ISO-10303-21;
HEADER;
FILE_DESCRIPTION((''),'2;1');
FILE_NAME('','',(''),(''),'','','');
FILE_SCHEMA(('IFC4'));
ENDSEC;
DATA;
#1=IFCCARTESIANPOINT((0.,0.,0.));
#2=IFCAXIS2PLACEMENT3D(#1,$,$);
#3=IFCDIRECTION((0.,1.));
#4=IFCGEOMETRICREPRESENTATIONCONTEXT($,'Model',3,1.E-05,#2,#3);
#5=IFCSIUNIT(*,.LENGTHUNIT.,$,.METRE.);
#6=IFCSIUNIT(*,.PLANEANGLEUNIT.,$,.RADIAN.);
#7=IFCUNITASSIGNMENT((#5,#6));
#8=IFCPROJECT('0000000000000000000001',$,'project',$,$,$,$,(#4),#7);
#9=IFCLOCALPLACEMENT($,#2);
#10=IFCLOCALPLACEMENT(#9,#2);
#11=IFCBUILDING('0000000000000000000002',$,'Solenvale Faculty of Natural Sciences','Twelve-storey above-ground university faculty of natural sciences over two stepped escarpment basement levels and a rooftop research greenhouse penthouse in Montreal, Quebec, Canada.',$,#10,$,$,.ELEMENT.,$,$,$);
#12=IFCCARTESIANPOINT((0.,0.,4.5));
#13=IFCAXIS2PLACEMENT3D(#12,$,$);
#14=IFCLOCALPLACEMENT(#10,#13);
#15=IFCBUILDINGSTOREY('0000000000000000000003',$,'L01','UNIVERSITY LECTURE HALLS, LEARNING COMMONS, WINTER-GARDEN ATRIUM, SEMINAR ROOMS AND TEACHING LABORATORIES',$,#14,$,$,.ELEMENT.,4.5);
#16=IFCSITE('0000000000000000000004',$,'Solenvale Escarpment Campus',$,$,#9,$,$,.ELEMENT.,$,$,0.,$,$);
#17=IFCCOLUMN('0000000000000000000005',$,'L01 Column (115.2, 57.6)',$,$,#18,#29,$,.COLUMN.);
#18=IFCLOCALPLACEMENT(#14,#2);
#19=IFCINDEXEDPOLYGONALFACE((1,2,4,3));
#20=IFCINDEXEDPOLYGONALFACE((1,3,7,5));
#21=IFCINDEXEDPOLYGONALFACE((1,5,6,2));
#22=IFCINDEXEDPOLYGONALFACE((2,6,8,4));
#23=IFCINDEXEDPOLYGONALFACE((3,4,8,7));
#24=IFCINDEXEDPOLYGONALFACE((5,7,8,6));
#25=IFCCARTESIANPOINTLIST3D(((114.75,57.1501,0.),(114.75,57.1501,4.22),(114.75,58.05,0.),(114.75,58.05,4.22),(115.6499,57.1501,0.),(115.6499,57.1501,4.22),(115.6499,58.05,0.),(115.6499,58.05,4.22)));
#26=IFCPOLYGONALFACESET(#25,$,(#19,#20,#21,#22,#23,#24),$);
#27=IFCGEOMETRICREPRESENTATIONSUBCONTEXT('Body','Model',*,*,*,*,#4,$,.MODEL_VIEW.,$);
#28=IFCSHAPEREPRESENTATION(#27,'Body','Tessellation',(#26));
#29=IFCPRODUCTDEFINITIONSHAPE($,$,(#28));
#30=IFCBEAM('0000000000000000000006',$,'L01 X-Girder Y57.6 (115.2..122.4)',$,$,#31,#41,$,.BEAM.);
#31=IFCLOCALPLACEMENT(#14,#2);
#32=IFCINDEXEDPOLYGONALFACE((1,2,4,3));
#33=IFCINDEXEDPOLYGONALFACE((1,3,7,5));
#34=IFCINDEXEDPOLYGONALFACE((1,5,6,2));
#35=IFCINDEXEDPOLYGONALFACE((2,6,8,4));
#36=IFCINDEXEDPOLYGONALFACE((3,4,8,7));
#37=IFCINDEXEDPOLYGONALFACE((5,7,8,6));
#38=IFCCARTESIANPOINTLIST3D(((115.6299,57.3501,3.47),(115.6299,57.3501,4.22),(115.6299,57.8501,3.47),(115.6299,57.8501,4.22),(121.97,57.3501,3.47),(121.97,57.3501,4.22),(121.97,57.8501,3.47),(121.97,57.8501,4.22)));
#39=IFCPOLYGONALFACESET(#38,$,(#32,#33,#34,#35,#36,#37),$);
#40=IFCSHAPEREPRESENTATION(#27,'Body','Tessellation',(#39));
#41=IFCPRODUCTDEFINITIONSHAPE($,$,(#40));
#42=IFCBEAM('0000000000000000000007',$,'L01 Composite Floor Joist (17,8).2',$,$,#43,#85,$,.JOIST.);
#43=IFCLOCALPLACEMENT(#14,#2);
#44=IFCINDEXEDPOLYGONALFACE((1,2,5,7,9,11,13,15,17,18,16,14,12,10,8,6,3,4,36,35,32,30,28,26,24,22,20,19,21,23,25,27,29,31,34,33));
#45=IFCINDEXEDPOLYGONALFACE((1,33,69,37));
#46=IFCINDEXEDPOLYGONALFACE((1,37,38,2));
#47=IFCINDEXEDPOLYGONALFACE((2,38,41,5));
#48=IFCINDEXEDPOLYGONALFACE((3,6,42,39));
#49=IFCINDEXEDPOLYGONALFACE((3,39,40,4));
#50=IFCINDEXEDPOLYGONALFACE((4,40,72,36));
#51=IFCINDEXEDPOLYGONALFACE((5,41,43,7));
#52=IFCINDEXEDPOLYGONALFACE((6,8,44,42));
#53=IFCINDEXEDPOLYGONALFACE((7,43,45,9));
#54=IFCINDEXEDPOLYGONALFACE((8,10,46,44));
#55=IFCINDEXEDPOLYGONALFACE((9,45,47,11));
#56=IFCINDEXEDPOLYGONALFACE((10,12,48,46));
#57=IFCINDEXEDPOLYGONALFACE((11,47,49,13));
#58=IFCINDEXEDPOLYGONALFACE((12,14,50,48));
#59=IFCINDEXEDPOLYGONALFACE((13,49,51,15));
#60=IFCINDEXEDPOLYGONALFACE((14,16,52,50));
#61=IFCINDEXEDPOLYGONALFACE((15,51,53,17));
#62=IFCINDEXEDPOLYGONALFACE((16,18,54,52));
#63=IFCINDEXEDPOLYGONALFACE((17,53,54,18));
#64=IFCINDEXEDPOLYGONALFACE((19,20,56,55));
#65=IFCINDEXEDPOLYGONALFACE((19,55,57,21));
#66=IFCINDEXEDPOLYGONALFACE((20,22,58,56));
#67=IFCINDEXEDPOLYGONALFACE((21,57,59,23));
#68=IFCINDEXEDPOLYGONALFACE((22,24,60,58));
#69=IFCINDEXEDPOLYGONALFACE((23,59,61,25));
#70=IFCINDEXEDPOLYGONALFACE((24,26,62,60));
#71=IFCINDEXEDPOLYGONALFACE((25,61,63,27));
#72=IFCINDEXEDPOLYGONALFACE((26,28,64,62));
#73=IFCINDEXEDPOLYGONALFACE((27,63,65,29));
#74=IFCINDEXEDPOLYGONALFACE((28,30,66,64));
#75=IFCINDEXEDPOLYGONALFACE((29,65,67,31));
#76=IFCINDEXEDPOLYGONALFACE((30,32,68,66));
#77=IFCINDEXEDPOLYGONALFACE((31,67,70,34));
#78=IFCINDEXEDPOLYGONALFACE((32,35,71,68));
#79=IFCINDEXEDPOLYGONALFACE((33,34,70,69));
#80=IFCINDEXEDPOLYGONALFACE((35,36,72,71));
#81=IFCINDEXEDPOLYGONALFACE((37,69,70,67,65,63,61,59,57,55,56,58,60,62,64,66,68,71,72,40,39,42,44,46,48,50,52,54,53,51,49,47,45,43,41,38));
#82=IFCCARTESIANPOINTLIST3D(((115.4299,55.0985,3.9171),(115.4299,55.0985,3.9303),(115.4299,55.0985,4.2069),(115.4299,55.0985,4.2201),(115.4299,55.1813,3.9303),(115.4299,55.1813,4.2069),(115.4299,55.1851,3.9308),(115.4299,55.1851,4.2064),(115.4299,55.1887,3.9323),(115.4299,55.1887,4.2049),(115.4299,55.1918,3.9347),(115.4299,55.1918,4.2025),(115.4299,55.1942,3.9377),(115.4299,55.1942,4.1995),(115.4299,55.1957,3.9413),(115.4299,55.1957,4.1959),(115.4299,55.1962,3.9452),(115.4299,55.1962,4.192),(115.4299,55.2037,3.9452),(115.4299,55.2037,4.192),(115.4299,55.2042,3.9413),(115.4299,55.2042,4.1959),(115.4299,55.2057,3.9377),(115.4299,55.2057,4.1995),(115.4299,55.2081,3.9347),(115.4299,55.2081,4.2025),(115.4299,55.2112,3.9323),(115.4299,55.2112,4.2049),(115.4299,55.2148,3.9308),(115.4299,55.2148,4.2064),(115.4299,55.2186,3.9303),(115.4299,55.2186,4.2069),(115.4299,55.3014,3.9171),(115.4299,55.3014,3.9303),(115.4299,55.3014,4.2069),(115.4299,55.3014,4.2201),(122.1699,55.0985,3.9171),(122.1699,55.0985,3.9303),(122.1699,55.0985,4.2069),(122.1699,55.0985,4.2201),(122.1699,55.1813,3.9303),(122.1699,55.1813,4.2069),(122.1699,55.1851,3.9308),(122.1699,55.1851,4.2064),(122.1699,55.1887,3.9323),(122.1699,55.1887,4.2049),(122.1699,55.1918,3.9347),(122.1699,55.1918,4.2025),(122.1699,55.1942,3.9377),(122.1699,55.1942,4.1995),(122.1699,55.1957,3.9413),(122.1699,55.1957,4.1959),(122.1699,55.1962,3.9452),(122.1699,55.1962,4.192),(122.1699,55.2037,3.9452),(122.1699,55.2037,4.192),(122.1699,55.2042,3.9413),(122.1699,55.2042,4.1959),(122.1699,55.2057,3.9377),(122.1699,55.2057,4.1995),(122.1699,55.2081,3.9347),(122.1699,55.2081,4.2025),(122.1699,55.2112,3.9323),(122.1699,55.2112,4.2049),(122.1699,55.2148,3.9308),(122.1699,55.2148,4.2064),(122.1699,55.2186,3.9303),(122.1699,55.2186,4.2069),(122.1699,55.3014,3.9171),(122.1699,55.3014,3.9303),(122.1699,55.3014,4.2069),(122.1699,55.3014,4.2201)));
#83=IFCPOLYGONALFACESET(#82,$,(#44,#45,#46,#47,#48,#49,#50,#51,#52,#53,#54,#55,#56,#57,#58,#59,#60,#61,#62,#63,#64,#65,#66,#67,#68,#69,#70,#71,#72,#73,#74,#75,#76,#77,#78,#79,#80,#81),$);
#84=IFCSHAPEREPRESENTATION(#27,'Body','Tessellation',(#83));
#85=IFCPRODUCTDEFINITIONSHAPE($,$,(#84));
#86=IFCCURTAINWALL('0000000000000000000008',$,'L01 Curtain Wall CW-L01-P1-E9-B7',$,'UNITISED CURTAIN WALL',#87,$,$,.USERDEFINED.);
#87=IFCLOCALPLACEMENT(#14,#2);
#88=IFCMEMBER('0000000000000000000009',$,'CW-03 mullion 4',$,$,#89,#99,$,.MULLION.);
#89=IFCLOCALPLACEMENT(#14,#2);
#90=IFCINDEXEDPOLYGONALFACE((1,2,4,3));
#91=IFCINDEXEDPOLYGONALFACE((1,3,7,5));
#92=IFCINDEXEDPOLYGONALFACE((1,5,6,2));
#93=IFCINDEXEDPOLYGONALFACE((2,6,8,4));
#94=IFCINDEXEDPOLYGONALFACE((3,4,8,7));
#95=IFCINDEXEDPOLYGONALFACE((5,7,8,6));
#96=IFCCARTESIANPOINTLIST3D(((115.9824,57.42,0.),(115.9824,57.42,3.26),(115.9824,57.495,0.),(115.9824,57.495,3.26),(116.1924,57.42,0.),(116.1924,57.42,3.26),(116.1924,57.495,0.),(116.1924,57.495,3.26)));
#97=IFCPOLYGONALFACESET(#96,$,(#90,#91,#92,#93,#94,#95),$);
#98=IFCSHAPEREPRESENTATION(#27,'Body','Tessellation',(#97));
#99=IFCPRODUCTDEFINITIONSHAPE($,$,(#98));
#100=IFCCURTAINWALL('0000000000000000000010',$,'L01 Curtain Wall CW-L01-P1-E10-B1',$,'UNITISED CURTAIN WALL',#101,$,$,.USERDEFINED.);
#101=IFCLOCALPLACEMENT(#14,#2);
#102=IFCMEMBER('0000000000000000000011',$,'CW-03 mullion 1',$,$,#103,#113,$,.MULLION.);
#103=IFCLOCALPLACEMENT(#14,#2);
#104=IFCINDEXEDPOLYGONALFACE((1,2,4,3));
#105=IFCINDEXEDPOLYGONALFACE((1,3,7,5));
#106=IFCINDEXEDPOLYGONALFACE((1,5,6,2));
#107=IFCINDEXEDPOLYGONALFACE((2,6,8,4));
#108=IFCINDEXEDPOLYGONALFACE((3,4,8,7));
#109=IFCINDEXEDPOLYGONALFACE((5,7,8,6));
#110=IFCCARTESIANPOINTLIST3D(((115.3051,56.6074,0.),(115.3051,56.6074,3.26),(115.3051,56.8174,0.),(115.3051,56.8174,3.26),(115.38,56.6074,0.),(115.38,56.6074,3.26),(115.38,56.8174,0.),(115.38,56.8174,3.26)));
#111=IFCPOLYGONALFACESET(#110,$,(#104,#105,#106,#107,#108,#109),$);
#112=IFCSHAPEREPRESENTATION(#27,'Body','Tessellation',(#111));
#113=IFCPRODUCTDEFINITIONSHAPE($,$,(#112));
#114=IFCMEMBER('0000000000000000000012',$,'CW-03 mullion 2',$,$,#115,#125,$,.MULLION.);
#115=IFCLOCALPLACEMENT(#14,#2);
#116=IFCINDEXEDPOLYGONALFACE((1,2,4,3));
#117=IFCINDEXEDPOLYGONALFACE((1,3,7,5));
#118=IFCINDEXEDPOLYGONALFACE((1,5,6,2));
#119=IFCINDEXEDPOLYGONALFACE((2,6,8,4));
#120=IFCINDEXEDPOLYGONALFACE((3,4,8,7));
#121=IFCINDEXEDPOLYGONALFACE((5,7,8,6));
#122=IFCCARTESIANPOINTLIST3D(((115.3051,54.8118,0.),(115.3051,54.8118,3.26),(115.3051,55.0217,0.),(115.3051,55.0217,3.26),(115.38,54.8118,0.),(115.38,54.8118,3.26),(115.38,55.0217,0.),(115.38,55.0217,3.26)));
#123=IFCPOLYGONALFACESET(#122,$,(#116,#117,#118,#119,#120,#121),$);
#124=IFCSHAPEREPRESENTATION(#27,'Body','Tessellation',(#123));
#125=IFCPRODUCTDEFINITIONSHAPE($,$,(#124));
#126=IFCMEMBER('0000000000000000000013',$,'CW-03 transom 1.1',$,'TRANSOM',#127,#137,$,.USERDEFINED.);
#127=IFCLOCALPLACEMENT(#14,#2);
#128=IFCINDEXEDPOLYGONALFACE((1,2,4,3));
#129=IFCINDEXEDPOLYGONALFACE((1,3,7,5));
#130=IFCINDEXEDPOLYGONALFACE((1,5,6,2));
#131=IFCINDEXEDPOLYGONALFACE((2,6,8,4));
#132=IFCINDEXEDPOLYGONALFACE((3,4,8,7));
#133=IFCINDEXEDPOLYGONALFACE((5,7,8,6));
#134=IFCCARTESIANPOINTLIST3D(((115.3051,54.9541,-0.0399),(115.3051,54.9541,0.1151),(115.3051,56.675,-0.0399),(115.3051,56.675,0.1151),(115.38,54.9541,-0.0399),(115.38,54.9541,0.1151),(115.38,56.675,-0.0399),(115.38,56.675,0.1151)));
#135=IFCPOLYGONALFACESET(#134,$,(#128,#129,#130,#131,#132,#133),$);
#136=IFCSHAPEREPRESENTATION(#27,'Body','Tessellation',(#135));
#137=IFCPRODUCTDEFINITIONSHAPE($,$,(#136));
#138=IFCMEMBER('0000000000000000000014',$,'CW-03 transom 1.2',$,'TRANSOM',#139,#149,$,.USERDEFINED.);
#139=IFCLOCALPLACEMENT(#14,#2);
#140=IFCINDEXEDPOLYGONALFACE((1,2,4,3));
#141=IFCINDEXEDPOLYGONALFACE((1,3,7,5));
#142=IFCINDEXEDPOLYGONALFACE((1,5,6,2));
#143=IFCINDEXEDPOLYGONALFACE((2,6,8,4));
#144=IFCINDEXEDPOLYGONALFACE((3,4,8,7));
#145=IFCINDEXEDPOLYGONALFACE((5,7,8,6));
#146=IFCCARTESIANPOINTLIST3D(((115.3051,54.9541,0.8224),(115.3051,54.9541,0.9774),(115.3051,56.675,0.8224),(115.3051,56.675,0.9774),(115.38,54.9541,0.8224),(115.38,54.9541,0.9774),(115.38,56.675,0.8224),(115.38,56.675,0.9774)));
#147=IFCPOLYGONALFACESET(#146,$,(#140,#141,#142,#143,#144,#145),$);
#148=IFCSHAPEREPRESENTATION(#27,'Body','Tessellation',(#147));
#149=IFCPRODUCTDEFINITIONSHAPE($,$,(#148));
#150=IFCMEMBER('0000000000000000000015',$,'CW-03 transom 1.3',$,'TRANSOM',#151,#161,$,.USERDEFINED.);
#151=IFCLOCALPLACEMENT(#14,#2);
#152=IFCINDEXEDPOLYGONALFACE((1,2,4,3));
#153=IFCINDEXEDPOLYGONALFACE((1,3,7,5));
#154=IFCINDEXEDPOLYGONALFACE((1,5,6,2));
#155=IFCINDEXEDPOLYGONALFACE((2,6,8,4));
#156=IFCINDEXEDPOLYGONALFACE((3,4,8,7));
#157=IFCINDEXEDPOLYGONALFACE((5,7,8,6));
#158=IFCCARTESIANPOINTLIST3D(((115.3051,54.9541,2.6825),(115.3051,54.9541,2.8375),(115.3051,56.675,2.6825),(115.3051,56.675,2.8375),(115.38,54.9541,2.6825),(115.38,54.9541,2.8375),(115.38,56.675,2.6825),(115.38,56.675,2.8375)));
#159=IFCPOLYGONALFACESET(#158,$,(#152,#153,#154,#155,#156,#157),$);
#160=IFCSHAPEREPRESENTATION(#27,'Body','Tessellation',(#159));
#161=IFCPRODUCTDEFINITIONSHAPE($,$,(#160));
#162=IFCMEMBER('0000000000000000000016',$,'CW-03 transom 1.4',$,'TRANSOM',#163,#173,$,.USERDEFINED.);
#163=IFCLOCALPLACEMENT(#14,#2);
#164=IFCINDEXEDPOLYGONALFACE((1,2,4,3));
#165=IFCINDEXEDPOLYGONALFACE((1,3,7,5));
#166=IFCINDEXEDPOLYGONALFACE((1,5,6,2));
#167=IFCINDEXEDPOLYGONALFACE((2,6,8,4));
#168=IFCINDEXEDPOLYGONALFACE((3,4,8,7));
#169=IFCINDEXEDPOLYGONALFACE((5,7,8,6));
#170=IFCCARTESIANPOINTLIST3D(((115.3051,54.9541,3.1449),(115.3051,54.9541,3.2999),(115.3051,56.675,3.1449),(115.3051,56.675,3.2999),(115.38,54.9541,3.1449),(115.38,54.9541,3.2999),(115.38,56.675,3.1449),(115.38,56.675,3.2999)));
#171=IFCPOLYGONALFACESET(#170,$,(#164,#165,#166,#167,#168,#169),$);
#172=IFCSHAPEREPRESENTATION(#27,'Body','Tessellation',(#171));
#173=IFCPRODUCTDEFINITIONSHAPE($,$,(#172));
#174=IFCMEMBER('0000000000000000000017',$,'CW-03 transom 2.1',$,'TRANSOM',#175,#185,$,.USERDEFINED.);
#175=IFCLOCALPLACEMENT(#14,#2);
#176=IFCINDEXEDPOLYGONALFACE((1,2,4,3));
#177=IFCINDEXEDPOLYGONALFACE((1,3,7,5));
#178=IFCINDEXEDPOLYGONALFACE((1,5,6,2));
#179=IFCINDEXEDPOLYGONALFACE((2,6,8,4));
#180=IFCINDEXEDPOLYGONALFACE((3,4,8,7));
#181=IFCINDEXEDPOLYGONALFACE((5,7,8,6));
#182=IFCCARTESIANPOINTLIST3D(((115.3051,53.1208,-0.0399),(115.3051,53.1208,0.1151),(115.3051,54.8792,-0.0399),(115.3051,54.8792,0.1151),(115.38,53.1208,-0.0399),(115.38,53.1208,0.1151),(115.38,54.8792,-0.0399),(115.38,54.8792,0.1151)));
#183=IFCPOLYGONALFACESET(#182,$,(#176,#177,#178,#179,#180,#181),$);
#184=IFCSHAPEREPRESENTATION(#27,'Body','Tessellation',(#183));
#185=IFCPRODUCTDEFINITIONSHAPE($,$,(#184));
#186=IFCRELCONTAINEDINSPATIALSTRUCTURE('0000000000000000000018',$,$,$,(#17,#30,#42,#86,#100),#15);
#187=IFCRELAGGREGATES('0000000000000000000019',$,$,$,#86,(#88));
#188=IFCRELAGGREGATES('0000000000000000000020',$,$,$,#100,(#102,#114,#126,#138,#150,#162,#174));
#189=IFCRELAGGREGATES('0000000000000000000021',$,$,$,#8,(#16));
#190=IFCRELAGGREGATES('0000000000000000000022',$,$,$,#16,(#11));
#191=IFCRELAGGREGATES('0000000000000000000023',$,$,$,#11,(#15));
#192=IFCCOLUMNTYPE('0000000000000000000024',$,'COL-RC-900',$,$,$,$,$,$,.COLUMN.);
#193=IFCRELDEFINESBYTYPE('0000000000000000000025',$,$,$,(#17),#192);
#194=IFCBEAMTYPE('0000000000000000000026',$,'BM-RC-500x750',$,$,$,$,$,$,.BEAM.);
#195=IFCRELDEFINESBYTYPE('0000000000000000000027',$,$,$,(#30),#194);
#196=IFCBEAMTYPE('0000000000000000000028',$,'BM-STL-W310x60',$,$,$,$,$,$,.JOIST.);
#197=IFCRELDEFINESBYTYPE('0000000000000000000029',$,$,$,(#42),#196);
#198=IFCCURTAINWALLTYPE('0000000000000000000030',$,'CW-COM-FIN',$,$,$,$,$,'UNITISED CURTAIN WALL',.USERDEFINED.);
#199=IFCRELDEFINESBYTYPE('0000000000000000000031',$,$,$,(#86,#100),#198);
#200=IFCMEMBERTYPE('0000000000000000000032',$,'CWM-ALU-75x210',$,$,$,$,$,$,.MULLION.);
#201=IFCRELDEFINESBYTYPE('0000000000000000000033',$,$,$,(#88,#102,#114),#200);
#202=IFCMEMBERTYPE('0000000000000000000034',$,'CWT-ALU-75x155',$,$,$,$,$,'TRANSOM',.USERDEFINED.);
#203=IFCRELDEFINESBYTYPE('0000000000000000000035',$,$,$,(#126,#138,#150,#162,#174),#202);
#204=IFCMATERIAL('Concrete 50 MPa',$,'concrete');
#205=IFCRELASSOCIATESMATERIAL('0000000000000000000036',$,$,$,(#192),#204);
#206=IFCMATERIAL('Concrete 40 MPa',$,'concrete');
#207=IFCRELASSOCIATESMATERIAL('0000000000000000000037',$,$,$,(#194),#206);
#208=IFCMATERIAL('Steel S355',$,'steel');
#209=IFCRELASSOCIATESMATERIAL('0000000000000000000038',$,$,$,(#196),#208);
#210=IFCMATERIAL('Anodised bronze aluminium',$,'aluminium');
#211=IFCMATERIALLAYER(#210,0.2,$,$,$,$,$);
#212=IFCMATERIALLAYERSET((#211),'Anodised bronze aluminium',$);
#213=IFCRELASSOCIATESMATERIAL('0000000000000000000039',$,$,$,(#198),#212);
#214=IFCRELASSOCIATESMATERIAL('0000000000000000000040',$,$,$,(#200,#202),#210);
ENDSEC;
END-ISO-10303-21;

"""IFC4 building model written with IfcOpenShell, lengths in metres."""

from ifc_helpers import new_model, si_unit, direction, frame, origin, origin_2d, place, context, subcontext, project, spatial, rectangle, i_section, extrude, material, layer, layer_set, material_profile, profile_set, type_object, element, aggregate, save


model = new_model("IFC4")

# Units and contexts
model_context = context("Model", 3, precision=1e-05, world=origin(), true_north=direction((0.0, 1.0)))
body_context = subcontext(model_context, "Body", "Model", "MODEL_VIEW")
ifc_project = project(units=[si_unit("LENGTHUNIT", "METRE"), si_unit("PLANEANGLEUNIT", "RADIAN")], contexts=[model_context])

# Site, building, storey
site_placement = place(None, origin())
site = spatial("IfcSite", under=ifc_project, at=site_placement, Name="Solenvale Escarpment Campus", CompositionType="ELEMENT", RefElevation=0.0)
building_placement = place(site_placement, origin())
building = spatial("IfcBuilding", under=site, at=building_placement, Name="Solenvale Faculty of Natural Sciences", Description="Twelve-storey above-ground university faculty of natural sciences over two stepped escarpment basement levels and a rooftop research greenhouse penthouse in Montreal, Quebec, Canada.", CompositionType="ELEMENT")
storey_placement = place(building_placement, frame((0.0, 0.0, 4.5)))
storey = spatial("IfcBuildingStorey", under=building, at=storey_placement, Name="L01", Description="UNIVERSITY LECTURE HALLS, LEARNING COMMONS, WINTER-GARDEN ATRIUM, SEMINAR ROOMS AND TEACHING LABORATORIES", CompositionType="ELEMENT", Elevation=4.5)

# Column
ifc_material_1 = material(Name="Concrete 50 MPa", Category="concrete")
ifc_material_profile_1 = material_profile(ifc_material_1, rectangle(XDim=0.8999, YDim=0.8999, at=origin_2d()), Name="RC-COL-900x900")
ifc_profile_set_1 = profile_set([ifc_material_profile_1], Name="Concrete 50 MPa")
column_type = type_object("IfcColumnType", Name="COL-RC-900", PredefinedType="COLUMN", material=ifc_profile_set_1)
column_placement = place(storey_placement, frame((115.2, 57.6001, 0.0), z_axis=(0.0, 0.0, 1.0), x_axis=(1.0, 0.0, 0.0)))
element("IfcColumn", 1, at=column_placement, inside=storey, type_object=column_type, Name="L01 Column (115.2, 57.6)", PredefinedType="COLUMN", context=body_context, shape_type="SweptSolid", body=[
    extrude(rectangle(XDim=0.8999, YDim=0.8999, at=origin_2d()), origin(), (0.0, 0.0, 1.0), 4.22),
])

# Beams
ifc_material_2 = material(Name="Concrete 40 MPa", Category="concrete")
ifc_material_profile_2 = material_profile(ifc_material_2, rectangle(XDim=0.5, YDim=0.75, at=origin_2d()), Name="RC-BM-500x750")
ifc_profile_set_2 = profile_set([ifc_material_profile_2], Name="Concrete 40 MPa")
beam_type_1 = type_object("IfcBeamType", Name="BM-RC-500x750", PredefinedType="BEAM", material=ifc_profile_set_2)
beam_1_placement = place(storey_placement, frame((115.6299, 57.6001, 3.845), z_axis=(1.0, 0.0, 0.0), x_axis=(0.0, 1.0, 0.0)))
element("IfcBeam", 2, at=beam_1_placement, inside=storey, type_object=beam_type_1, Name="L01 X-Girder Y57.6 (115.2..122.4)", PredefinedType="BEAM", context=body_context, shape_type="SweptSolid", body=[
    extrude(rectangle(XDim=0.5, YDim=0.75, at=origin_2d()), origin(), (0.0, 0.0, 1.0), 6.3401),
])
ifc_material_3 = material(Name="Steel S355", Category="steel")
ifc_material_profile_3 = material_profile(ifc_material_3, i_section(OverallWidth=0.2029, OverallDepth=0.303, WebThickness=0.0076, FlangeThickness=0.0132, FilletRadius=0.0149, at=origin_2d()), Name="W310x60")
ifc_profile_set_3 = profile_set([ifc_material_profile_3], Name="Steel S355")
beam_type_2 = type_object("IfcBeamType", Name="BM-STL-W310x60", PredefinedType="JOIST", material=ifc_profile_set_3)
beam_2_placement = place(storey_placement, frame((115.4299, 55.2, 4.0686), z_axis=(1.0, 0.0, 0.0), x_axis=(0.0, 1.0, 0.0)))
element("IfcBeam", 3, at=beam_2_placement, inside=storey, type_object=beam_type_2, Name="L01 Composite Floor Joist (17,8).2", PredefinedType="JOIST", context=body_context, shape_type="SweptSolid", body=[
    extrude(i_section(OverallWidth=0.2029, OverallDepth=0.303, WebThickness=0.0076, FlangeThickness=0.0132, FilletRadius=0.0149, at=origin_2d()), origin(), (0.0, 0.0, 1.0), 6.74),
])

# Curtain wall, member
ifc_material_4 = material(Name="Anodised bronze aluminium", Category="aluminium")
ifc_layer_1 = layer(ifc_material_4, 0.2)
ifc_layer_set_1 = layer_set([ifc_layer_1], Name="Anodised bronze aluminium")
curtain_wall_type = type_object("IfcCurtainWallType", Name="CW-COM-FIN", ElementType="UNITISED CURTAIN WALL", PredefinedType="USERDEFINED", material=ifc_layer_set_1)
curtain_wall_1_placement = place(storey_placement, origin())
curtain_wall_1 = element("IfcCurtainWall", 4, at=curtain_wall_1_placement, inside=storey, type_object=curtain_wall_type, Name="L01 Curtain Wall CW-L01-P1-E9-B7", ObjectType="UNITISED CURTAIN WALL", PredefinedType="USERDEFINED")
ifc_material_profile_4 = material_profile(ifc_material_4, rectangle(XDim=0.075, YDim=0.21, at=origin_2d()), Name="ALU-MUL-75x210")
ifc_profile_set_4 = profile_set([ifc_material_profile_4], Name="Anodised bronze aluminium")
member_type_1 = type_object("IfcMemberType", Name="CWM-ALU-75x210", PredefinedType="MULLION", material=ifc_profile_set_4)
member_1_placement = place(storey_placement, frame((116.0874, 57.4575, 0.0), z_axis=(0.0, 0.0, 1.0), x_axis=(0.0, -1.0, 0.0)))
member_1 = element("IfcMember", 5, at=member_1_placement, type_object=member_type_1, Name="CW-03 mullion 4", PredefinedType="MULLION", context=body_context, shape_type="SweptSolid", body=[
    extrude(rectangle(XDim=0.075, YDim=0.21, at=origin_2d()), origin(), (0.0, 0.0, 1.0), 3.26),
])

# Curtain wall, members
curtain_wall_2_placement = place(storey_placement, origin())
curtain_wall_2 = element("IfcCurtainWall", 6, at=curtain_wall_2_placement, inside=storey, type_object=curtain_wall_type, Name="L01 Curtain Wall CW-L01-P1-E10-B1", ObjectType="UNITISED CURTAIN WALL", PredefinedType="USERDEFINED")
member_2_placement = place(storey_placement, frame((115.3425, 56.7124, 0.0), z_axis=(0.0, 0.0, 1.0), x_axis=(1.0, 0.0, 0.0)))
member_2 = element("IfcMember", 7, at=member_2_placement, type_object=member_type_1, Name="CW-03 mullion 1", PredefinedType="MULLION", context=body_context, shape_type="SweptSolid", body=[
    extrude(rectangle(XDim=0.075, YDim=0.21, at=origin_2d()), origin(), (0.0, 0.0, 1.0), 3.26),
])
member_3_placement = place(storey_placement, frame((115.3425, 54.9167, 0.0), z_axis=(0.0, 0.0, 1.0), x_axis=(1.0, 0.0, 0.0)))
member_3 = element("IfcMember", 8, at=member_3_placement, type_object=member_type_1, Name="CW-03 mullion 2", PredefinedType="MULLION", context=body_context, shape_type="SweptSolid", body=[
    extrude(rectangle(XDim=0.075, YDim=0.21, at=origin_2d()), origin(), (0.0, 0.0, 1.0), 3.26),
])
ifc_material_profile_5 = material_profile(ifc_material_4, rectangle(XDim=0.075, YDim=0.155, at=origin_2d()), Name="ALU-TRN-75x155")
ifc_profile_set_5 = profile_set([ifc_material_profile_5], Name="Anodised bronze aluminium")
member_type_2 = type_object("IfcMemberType", Name="CWT-ALU-75x155", ElementType="TRANSOM", PredefinedType="USERDEFINED", material=ifc_profile_set_5)
member_4_placement = place(storey_placement, frame((115.3425, 56.675, 0.0376), z_axis=(0.0, -1.0, 0.0), x_axis=(1.0, 0.0, 0.0)))
member_4 = element("IfcMember", 9, at=member_4_placement, type_object=member_type_2, Name="CW-03 transom 1.1", ObjectType="TRANSOM", PredefinedType="USERDEFINED", context=body_context, shape_type="SweptSolid", body=[
    extrude(rectangle(XDim=0.075, YDim=0.155, at=origin_2d()), origin(), (0.0, 0.0, 1.0), 1.7209),
])
member_5_placement = place(storey_placement, frame((115.3425, 56.675, 0.8999), z_axis=(0.0, -1.0, 0.0), x_axis=(1.0, 0.0, 0.0)))
member_5 = element("IfcMember", 10, at=member_5_placement, type_object=member_type_2, Name="CW-03 transom 1.2", ObjectType="TRANSOM", PredefinedType="USERDEFINED", context=body_context, shape_type="SweptSolid", body=[
    extrude(rectangle(XDim=0.075, YDim=0.155, at=origin_2d()), origin(), (0.0, 0.0, 1.0), 1.7209),
])
member_6_placement = place(storey_placement, frame((115.3425, 56.675, 2.76), z_axis=(0.0, -1.0, 0.0), x_axis=(1.0, 0.0, 0.0)))
member_6 = element("IfcMember", 11, at=member_6_placement, type_object=member_type_2, Name="CW-03 transom 1.3", ObjectType="TRANSOM", PredefinedType="USERDEFINED", context=body_context, shape_type="SweptSolid", body=[
    extrude(rectangle(XDim=0.075, YDim=0.155, at=origin_2d()), origin(), (0.0, 0.0, 1.0), 1.7209),
])
member_7_placement = place(storey_placement, frame((115.3425, 56.675, 3.2224), z_axis=(0.0, -1.0, 0.0), x_axis=(1.0, 0.0, 0.0)))
member_7 = element("IfcMember", 12, at=member_7_placement, type_object=member_type_2, Name="CW-03 transom 1.4", ObjectType="TRANSOM", PredefinedType="USERDEFINED", context=body_context, shape_type="SweptSolid", body=[
    extrude(rectangle(XDim=0.075, YDim=0.155, at=origin_2d()), origin(), (0.0, 0.0, 1.0), 1.7209),
])
member_8_placement = place(storey_placement, frame((115.3425, 54.8792, 0.0376), z_axis=(0.0, -1.0, 0.0), x_axis=(1.0, 0.0, 0.0)))
member_8 = element("IfcMember", 13, at=member_8_placement, type_object=member_type_2, Name="CW-03 transom 2.1", ObjectType="TRANSOM", PredefinedType="USERDEFINED", context=body_context, shape_type="SweptSolid", body=[
    extrude(rectangle(XDim=0.075, YDim=0.155, at=origin_2d()), origin(), (0.0, 0.0, 1.0), 1.7583),
])

aggregate(curtain_wall_1, [member_1])
aggregate(curtain_wall_2, [member_2, member_3, member_4, member_5, member_6, member_7, member_8])

save(model, "model.ifc")
